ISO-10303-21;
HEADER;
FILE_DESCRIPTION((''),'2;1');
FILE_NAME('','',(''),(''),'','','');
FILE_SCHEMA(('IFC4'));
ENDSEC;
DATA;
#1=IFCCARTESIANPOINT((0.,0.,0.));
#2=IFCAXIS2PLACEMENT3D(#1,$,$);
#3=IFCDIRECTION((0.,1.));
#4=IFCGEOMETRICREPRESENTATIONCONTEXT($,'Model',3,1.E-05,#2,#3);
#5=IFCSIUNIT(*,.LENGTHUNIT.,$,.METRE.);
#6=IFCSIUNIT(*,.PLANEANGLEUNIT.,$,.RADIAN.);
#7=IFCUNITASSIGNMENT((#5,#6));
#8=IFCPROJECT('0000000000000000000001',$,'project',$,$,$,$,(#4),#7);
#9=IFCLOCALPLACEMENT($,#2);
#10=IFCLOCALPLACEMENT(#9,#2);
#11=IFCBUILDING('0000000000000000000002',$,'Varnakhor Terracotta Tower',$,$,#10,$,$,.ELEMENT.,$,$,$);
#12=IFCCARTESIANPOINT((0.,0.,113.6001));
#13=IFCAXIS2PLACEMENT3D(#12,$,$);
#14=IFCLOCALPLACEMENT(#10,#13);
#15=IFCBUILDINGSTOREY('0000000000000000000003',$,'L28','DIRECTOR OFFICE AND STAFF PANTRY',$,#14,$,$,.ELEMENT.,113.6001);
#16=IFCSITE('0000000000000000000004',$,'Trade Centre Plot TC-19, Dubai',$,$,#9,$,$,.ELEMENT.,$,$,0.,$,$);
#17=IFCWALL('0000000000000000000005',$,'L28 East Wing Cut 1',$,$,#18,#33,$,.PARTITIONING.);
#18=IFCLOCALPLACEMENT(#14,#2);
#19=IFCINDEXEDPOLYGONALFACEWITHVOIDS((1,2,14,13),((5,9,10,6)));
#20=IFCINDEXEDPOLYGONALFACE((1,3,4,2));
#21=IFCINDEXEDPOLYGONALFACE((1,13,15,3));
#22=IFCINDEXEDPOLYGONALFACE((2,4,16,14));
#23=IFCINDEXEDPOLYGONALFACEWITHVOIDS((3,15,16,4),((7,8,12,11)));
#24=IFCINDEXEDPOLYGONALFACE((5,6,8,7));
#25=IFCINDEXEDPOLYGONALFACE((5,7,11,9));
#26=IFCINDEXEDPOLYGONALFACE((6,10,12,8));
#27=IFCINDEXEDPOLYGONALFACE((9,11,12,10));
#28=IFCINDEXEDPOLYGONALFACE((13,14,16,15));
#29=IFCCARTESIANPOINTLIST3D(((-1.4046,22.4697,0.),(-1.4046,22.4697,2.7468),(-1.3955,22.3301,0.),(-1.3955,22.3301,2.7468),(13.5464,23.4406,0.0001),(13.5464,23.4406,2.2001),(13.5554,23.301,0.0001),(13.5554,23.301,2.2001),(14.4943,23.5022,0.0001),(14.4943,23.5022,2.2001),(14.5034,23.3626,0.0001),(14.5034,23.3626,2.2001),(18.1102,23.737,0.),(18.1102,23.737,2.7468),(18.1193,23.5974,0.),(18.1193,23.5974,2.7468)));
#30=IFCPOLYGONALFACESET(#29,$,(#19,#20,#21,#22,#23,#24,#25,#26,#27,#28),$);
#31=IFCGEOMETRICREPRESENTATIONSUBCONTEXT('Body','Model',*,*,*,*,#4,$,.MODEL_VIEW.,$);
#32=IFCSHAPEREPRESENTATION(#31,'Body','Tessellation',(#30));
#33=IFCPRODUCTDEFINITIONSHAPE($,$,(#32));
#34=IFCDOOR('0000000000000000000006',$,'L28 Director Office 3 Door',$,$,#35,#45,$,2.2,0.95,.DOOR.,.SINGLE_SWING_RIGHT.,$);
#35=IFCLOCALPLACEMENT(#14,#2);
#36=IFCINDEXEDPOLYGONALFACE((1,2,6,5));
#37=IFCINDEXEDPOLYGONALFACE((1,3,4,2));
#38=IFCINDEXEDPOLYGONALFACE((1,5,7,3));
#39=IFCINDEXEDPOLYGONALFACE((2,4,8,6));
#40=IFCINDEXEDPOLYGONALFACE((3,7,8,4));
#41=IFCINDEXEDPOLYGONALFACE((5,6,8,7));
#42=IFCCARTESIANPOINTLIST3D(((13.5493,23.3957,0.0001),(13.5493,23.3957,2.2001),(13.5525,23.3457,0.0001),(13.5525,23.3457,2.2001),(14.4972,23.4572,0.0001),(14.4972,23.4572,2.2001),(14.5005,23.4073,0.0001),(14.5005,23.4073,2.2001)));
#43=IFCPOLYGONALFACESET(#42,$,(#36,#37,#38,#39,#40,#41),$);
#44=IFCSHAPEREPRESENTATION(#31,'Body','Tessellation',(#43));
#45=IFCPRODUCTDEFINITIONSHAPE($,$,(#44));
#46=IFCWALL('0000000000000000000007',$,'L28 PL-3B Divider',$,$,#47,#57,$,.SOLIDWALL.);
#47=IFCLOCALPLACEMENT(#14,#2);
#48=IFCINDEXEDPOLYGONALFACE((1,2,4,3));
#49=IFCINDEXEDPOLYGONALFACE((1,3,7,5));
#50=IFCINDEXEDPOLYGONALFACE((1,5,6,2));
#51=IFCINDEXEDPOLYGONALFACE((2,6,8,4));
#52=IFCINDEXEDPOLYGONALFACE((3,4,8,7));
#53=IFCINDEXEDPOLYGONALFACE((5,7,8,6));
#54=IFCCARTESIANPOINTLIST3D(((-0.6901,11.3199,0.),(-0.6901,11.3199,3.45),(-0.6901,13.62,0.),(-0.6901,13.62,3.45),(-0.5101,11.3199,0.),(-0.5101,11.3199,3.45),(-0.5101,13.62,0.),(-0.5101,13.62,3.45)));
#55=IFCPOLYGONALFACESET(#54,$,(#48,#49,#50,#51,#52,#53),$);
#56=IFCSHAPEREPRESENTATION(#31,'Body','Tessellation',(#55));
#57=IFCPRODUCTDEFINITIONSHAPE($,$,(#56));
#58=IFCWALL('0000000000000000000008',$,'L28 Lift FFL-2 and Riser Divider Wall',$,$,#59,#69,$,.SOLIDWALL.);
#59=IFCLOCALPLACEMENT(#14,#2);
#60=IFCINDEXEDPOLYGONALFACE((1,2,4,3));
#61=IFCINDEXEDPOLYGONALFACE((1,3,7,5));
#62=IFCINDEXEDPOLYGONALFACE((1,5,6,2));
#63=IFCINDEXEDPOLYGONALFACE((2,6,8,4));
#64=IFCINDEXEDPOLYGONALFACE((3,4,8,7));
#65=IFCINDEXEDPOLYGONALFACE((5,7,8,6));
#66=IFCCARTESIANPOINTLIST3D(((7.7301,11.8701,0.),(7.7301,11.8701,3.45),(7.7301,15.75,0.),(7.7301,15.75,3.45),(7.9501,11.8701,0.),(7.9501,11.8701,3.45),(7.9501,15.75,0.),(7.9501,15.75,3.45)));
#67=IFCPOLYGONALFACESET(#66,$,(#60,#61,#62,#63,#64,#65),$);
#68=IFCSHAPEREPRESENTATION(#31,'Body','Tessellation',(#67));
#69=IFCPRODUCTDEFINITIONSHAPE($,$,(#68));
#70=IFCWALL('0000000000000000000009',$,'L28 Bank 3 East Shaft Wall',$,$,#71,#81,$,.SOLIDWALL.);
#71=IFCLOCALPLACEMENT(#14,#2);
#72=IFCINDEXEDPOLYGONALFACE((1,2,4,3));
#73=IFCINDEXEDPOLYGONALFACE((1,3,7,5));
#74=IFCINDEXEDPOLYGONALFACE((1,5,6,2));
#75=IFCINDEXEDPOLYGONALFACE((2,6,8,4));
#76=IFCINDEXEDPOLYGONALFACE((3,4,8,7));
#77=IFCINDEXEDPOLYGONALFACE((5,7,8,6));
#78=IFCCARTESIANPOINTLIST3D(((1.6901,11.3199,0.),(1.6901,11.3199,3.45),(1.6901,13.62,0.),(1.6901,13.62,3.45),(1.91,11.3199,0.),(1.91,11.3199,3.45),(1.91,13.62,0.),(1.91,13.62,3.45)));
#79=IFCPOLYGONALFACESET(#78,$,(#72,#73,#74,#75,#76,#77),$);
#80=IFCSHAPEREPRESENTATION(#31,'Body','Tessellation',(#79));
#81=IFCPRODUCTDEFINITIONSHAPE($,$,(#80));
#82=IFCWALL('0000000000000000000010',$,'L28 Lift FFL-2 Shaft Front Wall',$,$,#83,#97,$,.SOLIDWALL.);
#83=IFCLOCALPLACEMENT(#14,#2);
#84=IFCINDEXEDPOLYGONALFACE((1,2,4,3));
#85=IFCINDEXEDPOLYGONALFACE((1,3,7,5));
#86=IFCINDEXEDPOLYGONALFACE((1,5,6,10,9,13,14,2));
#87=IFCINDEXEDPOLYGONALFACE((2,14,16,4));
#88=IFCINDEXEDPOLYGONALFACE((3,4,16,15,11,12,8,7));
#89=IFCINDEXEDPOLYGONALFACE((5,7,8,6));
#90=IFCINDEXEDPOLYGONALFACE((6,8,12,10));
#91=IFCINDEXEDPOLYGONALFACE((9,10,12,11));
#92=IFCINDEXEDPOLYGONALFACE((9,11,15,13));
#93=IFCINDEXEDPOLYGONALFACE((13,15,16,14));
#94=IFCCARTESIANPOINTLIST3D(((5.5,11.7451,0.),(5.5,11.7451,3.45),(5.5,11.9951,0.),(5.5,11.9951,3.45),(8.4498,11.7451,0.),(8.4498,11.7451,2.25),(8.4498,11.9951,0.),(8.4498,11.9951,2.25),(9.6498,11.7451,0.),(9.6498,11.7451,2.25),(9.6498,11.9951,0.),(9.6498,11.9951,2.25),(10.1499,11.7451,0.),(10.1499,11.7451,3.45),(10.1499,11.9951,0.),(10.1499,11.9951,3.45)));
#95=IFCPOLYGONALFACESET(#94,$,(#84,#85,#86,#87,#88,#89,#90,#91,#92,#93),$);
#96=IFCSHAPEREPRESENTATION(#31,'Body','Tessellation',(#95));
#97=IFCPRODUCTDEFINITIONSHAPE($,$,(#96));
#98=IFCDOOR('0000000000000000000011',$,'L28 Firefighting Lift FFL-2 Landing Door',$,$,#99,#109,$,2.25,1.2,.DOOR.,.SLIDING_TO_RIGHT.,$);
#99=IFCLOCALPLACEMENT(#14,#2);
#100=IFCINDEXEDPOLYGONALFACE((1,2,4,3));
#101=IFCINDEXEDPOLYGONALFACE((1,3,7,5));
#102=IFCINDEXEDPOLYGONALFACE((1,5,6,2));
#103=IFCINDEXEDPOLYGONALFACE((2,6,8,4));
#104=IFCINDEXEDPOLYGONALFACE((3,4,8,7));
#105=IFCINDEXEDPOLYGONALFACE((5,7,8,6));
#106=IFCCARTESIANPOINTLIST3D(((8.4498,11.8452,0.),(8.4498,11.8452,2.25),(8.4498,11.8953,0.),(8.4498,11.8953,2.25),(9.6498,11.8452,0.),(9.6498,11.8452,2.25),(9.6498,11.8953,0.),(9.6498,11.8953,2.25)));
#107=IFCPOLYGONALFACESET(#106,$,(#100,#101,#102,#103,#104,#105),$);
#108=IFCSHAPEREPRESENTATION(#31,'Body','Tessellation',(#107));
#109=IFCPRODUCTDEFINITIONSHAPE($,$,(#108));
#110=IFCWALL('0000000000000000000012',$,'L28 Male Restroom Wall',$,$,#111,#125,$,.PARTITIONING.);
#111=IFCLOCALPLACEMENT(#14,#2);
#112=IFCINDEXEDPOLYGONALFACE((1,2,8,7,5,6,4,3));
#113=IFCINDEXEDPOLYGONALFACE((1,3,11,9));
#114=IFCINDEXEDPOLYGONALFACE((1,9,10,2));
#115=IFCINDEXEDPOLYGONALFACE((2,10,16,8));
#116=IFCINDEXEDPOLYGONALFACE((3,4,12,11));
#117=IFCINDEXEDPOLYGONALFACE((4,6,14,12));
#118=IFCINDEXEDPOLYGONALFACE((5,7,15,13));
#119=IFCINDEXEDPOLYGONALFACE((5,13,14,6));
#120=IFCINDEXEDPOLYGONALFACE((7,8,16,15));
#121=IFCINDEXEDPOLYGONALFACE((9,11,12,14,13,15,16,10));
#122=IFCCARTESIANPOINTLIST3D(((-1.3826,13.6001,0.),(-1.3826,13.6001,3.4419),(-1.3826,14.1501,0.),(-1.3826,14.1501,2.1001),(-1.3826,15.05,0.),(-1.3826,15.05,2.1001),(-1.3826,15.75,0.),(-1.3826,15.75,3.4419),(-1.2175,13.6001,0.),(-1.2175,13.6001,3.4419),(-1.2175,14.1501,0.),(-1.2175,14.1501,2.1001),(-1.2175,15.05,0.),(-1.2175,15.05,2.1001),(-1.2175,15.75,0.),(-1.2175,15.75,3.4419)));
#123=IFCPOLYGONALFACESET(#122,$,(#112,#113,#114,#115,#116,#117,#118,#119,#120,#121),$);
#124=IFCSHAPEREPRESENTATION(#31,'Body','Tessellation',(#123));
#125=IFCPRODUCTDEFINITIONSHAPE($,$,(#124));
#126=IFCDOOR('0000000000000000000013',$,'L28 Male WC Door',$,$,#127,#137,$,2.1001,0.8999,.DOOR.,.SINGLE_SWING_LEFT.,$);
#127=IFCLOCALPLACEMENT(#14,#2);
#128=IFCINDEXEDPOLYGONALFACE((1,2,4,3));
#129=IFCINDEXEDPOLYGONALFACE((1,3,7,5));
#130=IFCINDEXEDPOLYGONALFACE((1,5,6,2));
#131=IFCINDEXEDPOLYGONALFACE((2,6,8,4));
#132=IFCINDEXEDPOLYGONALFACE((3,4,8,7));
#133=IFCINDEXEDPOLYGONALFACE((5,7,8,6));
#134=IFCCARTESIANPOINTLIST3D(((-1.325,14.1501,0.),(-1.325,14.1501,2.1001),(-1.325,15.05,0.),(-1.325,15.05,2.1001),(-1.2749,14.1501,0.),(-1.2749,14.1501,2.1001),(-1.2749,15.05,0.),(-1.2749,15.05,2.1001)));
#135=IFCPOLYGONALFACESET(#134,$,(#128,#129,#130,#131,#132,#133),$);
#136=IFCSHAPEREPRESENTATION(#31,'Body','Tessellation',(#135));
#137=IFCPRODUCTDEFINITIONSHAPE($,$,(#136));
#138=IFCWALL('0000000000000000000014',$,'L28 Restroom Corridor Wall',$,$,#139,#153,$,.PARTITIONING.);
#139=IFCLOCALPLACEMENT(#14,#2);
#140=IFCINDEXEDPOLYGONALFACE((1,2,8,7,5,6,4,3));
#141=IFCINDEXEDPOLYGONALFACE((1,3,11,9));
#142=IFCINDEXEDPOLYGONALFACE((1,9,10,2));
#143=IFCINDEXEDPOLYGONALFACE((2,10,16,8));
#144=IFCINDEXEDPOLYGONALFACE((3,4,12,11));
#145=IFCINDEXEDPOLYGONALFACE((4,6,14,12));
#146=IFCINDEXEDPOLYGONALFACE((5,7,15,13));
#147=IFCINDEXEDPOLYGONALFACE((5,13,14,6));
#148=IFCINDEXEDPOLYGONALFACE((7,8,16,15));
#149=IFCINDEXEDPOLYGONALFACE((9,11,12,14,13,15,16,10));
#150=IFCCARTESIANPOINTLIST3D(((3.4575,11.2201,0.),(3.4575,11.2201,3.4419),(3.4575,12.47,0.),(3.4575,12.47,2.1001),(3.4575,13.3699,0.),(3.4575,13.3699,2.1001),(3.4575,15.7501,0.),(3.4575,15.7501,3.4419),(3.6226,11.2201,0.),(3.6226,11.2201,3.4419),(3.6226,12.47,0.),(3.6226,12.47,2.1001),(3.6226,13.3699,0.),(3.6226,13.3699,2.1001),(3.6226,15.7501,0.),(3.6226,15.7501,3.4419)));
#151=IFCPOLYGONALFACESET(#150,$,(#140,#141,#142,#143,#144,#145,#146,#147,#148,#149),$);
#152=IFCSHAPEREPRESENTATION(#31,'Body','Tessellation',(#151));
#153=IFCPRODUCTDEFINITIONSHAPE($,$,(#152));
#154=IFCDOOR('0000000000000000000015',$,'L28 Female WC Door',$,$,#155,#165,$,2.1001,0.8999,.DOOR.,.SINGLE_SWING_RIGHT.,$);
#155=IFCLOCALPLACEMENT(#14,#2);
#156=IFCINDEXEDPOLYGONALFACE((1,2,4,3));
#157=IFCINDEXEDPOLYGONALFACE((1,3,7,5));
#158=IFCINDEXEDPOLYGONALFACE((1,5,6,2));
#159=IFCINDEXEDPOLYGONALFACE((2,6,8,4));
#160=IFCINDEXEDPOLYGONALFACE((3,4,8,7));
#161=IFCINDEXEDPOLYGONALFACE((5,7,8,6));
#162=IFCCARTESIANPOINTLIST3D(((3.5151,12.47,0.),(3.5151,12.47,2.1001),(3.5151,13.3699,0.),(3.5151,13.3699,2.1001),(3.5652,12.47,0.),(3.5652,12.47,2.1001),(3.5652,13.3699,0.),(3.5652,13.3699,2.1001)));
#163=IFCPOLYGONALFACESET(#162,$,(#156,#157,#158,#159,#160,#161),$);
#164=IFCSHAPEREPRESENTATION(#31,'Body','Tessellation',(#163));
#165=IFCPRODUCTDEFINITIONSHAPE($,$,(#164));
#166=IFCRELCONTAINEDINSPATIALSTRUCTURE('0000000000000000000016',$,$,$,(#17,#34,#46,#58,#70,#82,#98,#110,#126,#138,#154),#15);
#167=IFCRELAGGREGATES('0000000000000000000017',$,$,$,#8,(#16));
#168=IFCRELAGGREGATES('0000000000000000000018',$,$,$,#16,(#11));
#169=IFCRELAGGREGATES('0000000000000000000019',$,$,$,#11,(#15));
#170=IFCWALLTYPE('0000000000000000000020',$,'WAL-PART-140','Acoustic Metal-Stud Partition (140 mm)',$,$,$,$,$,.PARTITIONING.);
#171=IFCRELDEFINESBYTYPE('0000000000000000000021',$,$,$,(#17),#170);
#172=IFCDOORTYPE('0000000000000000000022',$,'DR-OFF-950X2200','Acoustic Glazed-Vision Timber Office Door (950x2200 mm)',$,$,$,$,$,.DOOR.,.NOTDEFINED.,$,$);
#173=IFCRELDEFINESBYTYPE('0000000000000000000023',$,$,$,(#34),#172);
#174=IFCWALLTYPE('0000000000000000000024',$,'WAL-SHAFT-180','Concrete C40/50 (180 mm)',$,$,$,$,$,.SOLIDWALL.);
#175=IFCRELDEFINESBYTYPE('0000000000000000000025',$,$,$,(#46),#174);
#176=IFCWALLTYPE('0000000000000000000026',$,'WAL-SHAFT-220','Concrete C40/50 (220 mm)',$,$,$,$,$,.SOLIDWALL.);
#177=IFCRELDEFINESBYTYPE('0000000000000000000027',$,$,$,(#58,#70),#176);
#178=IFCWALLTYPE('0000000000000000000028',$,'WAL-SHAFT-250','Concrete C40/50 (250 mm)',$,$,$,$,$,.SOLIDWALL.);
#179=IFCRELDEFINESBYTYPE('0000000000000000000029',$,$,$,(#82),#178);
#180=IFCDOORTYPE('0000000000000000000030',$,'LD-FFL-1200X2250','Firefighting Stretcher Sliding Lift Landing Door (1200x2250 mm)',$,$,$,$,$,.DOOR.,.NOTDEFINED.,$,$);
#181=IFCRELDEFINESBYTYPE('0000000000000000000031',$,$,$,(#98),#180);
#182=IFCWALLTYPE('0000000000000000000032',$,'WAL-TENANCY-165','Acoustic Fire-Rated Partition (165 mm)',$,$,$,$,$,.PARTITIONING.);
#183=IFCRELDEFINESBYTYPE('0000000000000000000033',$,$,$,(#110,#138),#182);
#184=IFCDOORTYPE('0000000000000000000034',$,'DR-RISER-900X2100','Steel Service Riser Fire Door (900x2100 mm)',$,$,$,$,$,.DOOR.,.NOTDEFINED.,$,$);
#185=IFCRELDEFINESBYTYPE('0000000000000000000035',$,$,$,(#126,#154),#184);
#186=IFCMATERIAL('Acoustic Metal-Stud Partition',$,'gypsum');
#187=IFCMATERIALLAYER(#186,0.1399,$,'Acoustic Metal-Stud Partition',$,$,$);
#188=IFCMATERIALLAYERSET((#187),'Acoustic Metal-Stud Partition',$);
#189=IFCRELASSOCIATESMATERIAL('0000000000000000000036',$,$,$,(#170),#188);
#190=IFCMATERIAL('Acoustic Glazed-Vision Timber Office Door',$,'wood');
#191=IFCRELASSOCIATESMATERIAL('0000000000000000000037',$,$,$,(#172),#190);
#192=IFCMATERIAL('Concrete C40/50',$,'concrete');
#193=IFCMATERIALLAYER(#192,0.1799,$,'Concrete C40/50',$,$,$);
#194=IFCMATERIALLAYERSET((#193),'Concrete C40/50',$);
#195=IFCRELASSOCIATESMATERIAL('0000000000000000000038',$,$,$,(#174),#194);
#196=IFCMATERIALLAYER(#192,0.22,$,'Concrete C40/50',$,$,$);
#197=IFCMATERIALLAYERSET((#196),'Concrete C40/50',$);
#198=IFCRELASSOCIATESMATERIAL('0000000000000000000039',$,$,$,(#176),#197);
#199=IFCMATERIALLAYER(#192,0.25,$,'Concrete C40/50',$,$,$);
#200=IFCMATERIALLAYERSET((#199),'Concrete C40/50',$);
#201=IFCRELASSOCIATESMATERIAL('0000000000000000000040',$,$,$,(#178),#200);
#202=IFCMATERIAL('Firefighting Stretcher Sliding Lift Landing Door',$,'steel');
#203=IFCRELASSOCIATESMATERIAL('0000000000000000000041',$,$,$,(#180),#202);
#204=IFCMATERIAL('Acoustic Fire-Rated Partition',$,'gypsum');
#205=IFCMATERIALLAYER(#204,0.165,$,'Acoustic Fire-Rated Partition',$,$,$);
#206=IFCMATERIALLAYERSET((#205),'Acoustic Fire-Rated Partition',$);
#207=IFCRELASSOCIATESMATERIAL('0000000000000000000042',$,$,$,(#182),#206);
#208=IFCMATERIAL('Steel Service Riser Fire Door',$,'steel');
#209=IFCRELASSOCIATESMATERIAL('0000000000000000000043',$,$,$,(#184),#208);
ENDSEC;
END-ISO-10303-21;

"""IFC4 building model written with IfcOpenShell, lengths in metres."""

from ifc_helpers import new_model, si_unit, direction, frame, frame_2d, origin, place, context, subcontext, project, spatial, rectangle, extrude, source, transform, mapped, material, layer, layer_set, type_object, type_shapes, element, fill, save


model = new_model("IFC4")

# Units and contexts
model_context = context("Model", 3, precision=1e-05, world=origin(), true_north=direction((0.0, 1.0)))
body_context = subcontext(model_context, "Body", "Model", "MODEL_VIEW")
ifc_project = project(units=[si_unit("LENGTHUNIT", "METRE"), si_unit("PLANEANGLEUNIT", "RADIAN")], contexts=[model_context])

# Site, building, storey
site_placement = place(None, origin())
site = spatial("IfcSite", under=ifc_project, at=site_placement, Name="Trade Centre Plot TC-19, Dubai", CompositionType="ELEMENT", RefElevation=0.0)
building_placement = place(site_placement, origin())
building = spatial("IfcBuilding", under=site, at=building_placement, Name="Varnakhor Terracotta Tower", CompositionType="ELEMENT")
storey_placement = place(building_placement, frame((0.0, 0.0, 113.6001)))
storey = spatial("IfcBuildingStorey", under=building, at=storey_placement, Name="L28", Description="DIRECTOR OFFICE AND STAFF PANTRY", CompositionType="ELEMENT", Elevation=113.6001)

# Shared definitions
ifc_material_1 = material(Name="Acoustic Metal-Stud Partition", Category="gypsum")
ifc_layer_1 = layer(ifc_material_1, 0.1399, Name="Acoustic Metal-Stud Partition")
ifc_layer_set_1 = layer_set([ifc_layer_1], Name="Acoustic Metal-Stud Partition")
wall_type_1 = type_object("IfcWallType", Name="WAL-PART-140", Description="Acoustic Metal-Stud Partition (140 mm)", PredefinedType="PARTITIONING", material=ifc_layer_set_1)
ifc_material_2 = material(Name="Acoustic Glazed-Vision Timber Office Door", Category="wood")
door_type_1 = type_object("IfcDoorType", Name="DR-OFF-950X2200", Description="Acoustic Glazed-Vision Timber Office Door (950x2200 mm)", OperationType="NOTDEFINED", PredefinedType="DOOR", material=ifc_material_2)
shared_shape_1 = source(origin(), body_context, "Body", "SweptSolid", [
    extrude(rectangle(XDim=0.95, YDim=2.2, at=frame_2d((0.4751, 1.1001))), frame((0.0, 0.0249, 0.0), z_axis=(0.0, -1.0, 0.0), x_axis=(1.0, 0.0, 0.0)), (0.0, 0.0, 1.0), 0.05),
])
type_shapes(door_type_1, [shared_shape_1])

# Wall, opening, door
wall_1_placement = place(storey_placement, frame((-1.3999, 22.3999, 0.0), z_axis=(0.0, 0.0, 1.0), x_axis=(0.997898, 0.064805, 0.0)))
wall_1 = element("IfcWall", 1, at=wall_1_placement, inside=storey, type_object=wall_type_1, Name="L28 East Wing Cut 1", PredefinedType="PARTITIONING", context=body_context, shape_type="SweptSolid", body=[
    extrude(rectangle(XDim=19.5559, YDim=0.1399, at=frame_2d((9.7778, 0.0))), origin(), (0.0, 0.0, 1.0), 2.7468),
])
opening_1_placement = place(wall_1_placement, frame((14.9822, 0.0, 0.0)))
opening_1 = element("IfcOpeningElement", 2, at=opening_1_placement, cuts=wall_1, PredefinedType="OPENING", context=body_context, shape_type="SweptSolid", body=[
    extrude(rectangle(XDim=0.95, YDim=2.2, at=frame_2d((0.4751, 1.1001))), frame((0.0, 0.0801, 0.0), z_axis=(0.0, -1.0, 0.0), x_axis=(1.0, 0.0, 0.0)), (0.0, 0.0, 1.0), 0.1599),
])
door_1_placement = place(opening_1_placement, origin())
door_1 = element("IfcDoor", 3, at=door_1_placement, inside=storey, type_object=door_type_1, Name="L28 Director Office 3 Door", OperationType="SINGLE_SWING_RIGHT", OverallHeight=2.2, OverallWidth=0.95, PredefinedType="DOOR", context=body_context, shape_type="MappedRepresentation", body=[
    mapped(shared_shape_1, transform((0.0, 0.0, 0.0), scale=1.0)),
])
fill(opening_1, door_1)

# Walls
ifc_material_3 = material(Name="Concrete C40/50", Category="concrete")
ifc_layer_2 = layer(ifc_material_3, 0.1799, Name="Concrete C40/50")
ifc_layer_set_2 = layer_set([ifc_layer_2], Name="Concrete C40/50")
wall_type_2 = type_object("IfcWallType", Name="WAL-SHAFT-180", Description="Concrete C40/50 (180 mm)", PredefinedType="SOLIDWALL", material=ifc_layer_set_2)
wall_2_placement = place(storey_placement, frame((-0.6001, 11.3201, 0.0), z_axis=(0.0, 0.0, 1.0), x_axis=(0.0, 1.0, 0.0)))
element("IfcWall", 4, at=wall_2_placement, inside=storey, type_object=wall_type_2, Name="L28 PL-3B Divider", PredefinedType="SOLIDWALL", context=body_context, shape_type="SweptSolid", body=[
    extrude(rectangle(XDim=2.3, YDim=0.1799, at=frame_2d((1.1499, 0.0))), origin(), (0.0, 0.0, 1.0), 3.45),
])
ifc_layer_3 = layer(ifc_material_3, 0.22, Name="Concrete C40/50")
ifc_layer_set_3 = layer_set([ifc_layer_3], Name="Concrete C40/50")
wall_type_3 = type_object("IfcWallType", Name="WAL-SHAFT-220", Description="Concrete C40/50 (220 mm)", PredefinedType="SOLIDWALL", material=ifc_layer_set_3)
wall_3_placement = place(storey_placement, frame((7.8401, 11.8701, 0.0), z_axis=(0.0, 0.0, 1.0), x_axis=(0.0, 1.0, 0.0)))
element("IfcWall", 5, at=wall_3_placement, inside=storey, type_object=wall_type_3, Name="L28 Lift FFL-2 and Riser Divider Wall", PredefinedType="SOLIDWALL", context=body_context, shape_type="SweptSolid", body=[
    extrude(rectangle(XDim=3.8799, YDim=0.22, at=frame_2d((1.9399, 0.0))), origin(), (0.0, 0.0, 1.0), 3.45),
])
wall_4_placement = place(storey_placement, frame((1.8, 11.3201, 0.0), z_axis=(0.0, 0.0, 1.0), x_axis=(0.0, 1.0, 0.0)))
element("IfcWall", 6, at=wall_4_placement, inside=storey, type_object=wall_type_3, Name="L28 Bank 3 East Shaft Wall", PredefinedType="SOLIDWALL", context=body_context, shape_type="SweptSolid", body=[
    extrude(rectangle(XDim=2.3, YDim=0.22, at=frame_2d((1.1499, 0.0))), origin(), (0.0, 0.0, 1.0), 3.45),
])

# Walls, openings, doors
ifc_layer_4 = layer(ifc_material_3, 0.25, Name="Concrete C40/50")
ifc_layer_set_4 = layer_set([ifc_layer_4], Name="Concrete C40/50")
wall_type_4 = type_object("IfcWallType", Name="WAL-SHAFT-250", Description="Concrete C40/50 (250 mm)", PredefinedType="SOLIDWALL", material=ifc_layer_set_4)
wall_5_placement = place(storey_placement, frame((10.1499, 11.8701, 0.0), z_axis=(0.0, 0.0, 1.0), x_axis=(-1.0, 0.0, 0.0)))
wall_5 = element("IfcWall", 7, at=wall_5_placement, inside=storey, type_object=wall_type_4, Name="L28 Lift FFL-2 Shaft Front Wall", PredefinedType="SOLIDWALL", context=body_context, shape_type="SweptSolid", body=[
    extrude(rectangle(XDim=4.6499, YDim=0.25, at=frame_2d((2.325, 0.0))), origin(), (0.0, 0.0, 1.0), 3.45),
])
opening_2_placement = place(wall_5_placement, frame((0.5, 0.0, 0.0)))
opening_2 = element("IfcOpeningElement", 8, at=opening_2_placement, cuts=wall_5, PredefinedType="OPENING", context=body_context, shape_type="SweptSolid", body=[
    extrude(rectangle(XDim=1.2, YDim=2.25, at=frame_2d((0.6001, 1.125))), frame((0.0, 0.135, 0.0), z_axis=(0.0, -1.0, 0.0), x_axis=(1.0, 0.0, 0.0)), (0.0, 0.0, 1.0), 0.27),
])
ifc_material_4 = material(Name="Firefighting Stretcher Sliding Lift Landing Door", Category="steel")
door_type_2 = type_object("IfcDoorType", Name="LD-FFL-1200X2250", Description="Firefighting Stretcher Sliding Lift Landing Door (1200x2250 mm)", OperationType="NOTDEFINED", PredefinedType="DOOR", material=ifc_material_4)
shared_shape_2 = source(origin(), body_context, "Body", "SweptSolid", [
    extrude(rectangle(XDim=1.2, YDim=2.25, at=frame_2d((0.6001, 1.125))), frame((0.0, 0.0249, 0.0), z_axis=(0.0, -1.0, 0.0), x_axis=(1.0, 0.0, 0.0)), (0.0, 0.0, 1.0), 0.05),
])
type_shapes(door_type_2, [shared_shape_2])
door_2_placement = place(opening_2_placement, origin())
door_2 = element("IfcDoor", 9, at=door_2_placement, inside=storey, type_object=door_type_2, Name="L28 Firefighting Lift FFL-2 Landing Door", OperationType="SLIDING_TO_RIGHT", OverallHeight=2.25, OverallWidth=1.2, PredefinedType="DOOR", context=body_context, shape_type="MappedRepresentation", body=[
    mapped(shared_shape_2, transform((0.0, 0.0, 0.0), scale=1.0)),
])
fill(opening_2, door_2)
ifc_material_5 = material(Name="Acoustic Fire-Rated Partition", Category="gypsum")
ifc_layer_5 = layer(ifc_material_5, 0.165, Name="Acoustic Fire-Rated Partition")
ifc_layer_set_5 = layer_set([ifc_layer_5], Name="Acoustic Fire-Rated Partition")
wall_type_5 = type_object("IfcWallType", Name="WAL-TENANCY-165", Description="Acoustic Fire-Rated Partition (165 mm)", PredefinedType="PARTITIONING", material=ifc_layer_set_5)
wall_6_placement = place(storey_placement, frame((-1.3, 13.6001, 0.0), z_axis=(0.0, 0.0, 1.0), x_axis=(0.0, 1.0, 0.0)))
wall_6 = element("IfcWall", 10, at=wall_6_placement, inside=storey, type_object=wall_type_5, Name="L28 Male Restroom Wall", PredefinedType="PARTITIONING", context=body_context, shape_type="SweptSolid", body=[
    extrude(rectangle(XDim=2.1499, YDim=0.165, at=frame_2d((1.075, 0.0))), origin(), (0.0, 0.0, 1.0), 3.4419),
])
opening_3_placement = place(wall_6_placement, frame((0.55, 0.0, 0.0)))
opening_3 = element("IfcOpeningElement", 11, at=opening_3_placement, cuts=wall_6, PredefinedType="OPENING", context=body_context, shape_type="SweptSolid", body=[
    extrude(rectangle(XDim=0.8999, YDim=2.1001, at=frame_2d((0.45, 1.05))), frame((0.0, 0.0925, 0.0), z_axis=(0.0, -1.0, 0.0), x_axis=(1.0, 0.0, 0.0)), (0.0, 0.0, 1.0), 0.1851),
])
ifc_material_6 = material(Name="Steel Service Riser Fire Door", Category="steel")
door_type_3 = type_object("IfcDoorType", Name="DR-RISER-900X2100", Description="Steel Service Riser Fire Door (900x2100 mm)", OperationType="NOTDEFINED", PredefinedType="DOOR", material=ifc_material_6)
shared_shape_3 = source(origin(), body_context, "Body", "SweptSolid", [
    extrude(rectangle(XDim=0.8999, YDim=2.1001, at=frame_2d((0.45, 1.05))), frame((0.0, 0.0249, 0.0), z_axis=(0.0, -1.0, 0.0), x_axis=(1.0, 0.0, 0.0)), (0.0, 0.0, 1.0), 0.05),
])
type_shapes(door_type_3, [shared_shape_3])
door_3_placement = place(opening_3_placement, origin())
door_3 = element("IfcDoor", 12, at=door_3_placement, inside=storey, type_object=door_type_3, Name="L28 Male WC Door", OperationType="SINGLE_SWING_LEFT", OverallHeight=2.1001, OverallWidth=0.8999, PredefinedType="DOOR", context=body_context, shape_type="MappedRepresentation", body=[
    mapped(shared_shape_3, transform((0.0, 0.0, 0.0), scale=1.0)),
])
fill(opening_3, door_3)
wall_7_placement = place(storey_placement, frame((3.54, 11.22, 0.0), z_axis=(0.0, 0.0, 1.0), x_axis=(0.0, 1.0, 0.0)))
wall_7 = element("IfcWall", 13, at=wall_7_placement, inside=storey, type_object=wall_type_5, Name="L28 Restroom Corridor Wall", PredefinedType="PARTITIONING", context=body_context, shape_type="SweptSolid", body=[
    extrude(rectangle(XDim=4.53, YDim=0.165, at=frame_2d((2.2651, 0.0))), origin(), (0.0, 0.0, 1.0), 3.4419),
])
opening_4_placement = place(wall_7_placement, frame((1.25, 0.0, 0.0)))
opening_4 = element("IfcOpeningElement", 14, at=opening_4_placement, cuts=wall_7, PredefinedType="OPENING", context=body_context, shape_type="SweptSolid", body=[
    extrude(rectangle(XDim=0.8999, YDim=2.1001, at=frame_2d((0.45, 1.05))), frame((0.0, 0.0925, 0.0), z_axis=(0.0, -1.0, 0.0), x_axis=(1.0, 0.0, 0.0)), (0.0, 0.0, 1.0), 0.1851),
])
door_4_placement = place(opening_4_placement, origin())
door_4 = element("IfcDoor", 15, at=door_4_placement, inside=storey, type_object=door_type_3, Name="L28 Female WC Door", OperationType="SINGLE_SWING_RIGHT", OverallHeight=2.1001, OverallWidth=0.8999, PredefinedType="DOOR", context=body_context, shape_type="MappedRepresentation", body=[
    mapped(shared_shape_3, transform((0.0, 0.0, 0.0), scale=1.0)),
])
fill(opening_4, door_4)

save(model, "model.ifc")
